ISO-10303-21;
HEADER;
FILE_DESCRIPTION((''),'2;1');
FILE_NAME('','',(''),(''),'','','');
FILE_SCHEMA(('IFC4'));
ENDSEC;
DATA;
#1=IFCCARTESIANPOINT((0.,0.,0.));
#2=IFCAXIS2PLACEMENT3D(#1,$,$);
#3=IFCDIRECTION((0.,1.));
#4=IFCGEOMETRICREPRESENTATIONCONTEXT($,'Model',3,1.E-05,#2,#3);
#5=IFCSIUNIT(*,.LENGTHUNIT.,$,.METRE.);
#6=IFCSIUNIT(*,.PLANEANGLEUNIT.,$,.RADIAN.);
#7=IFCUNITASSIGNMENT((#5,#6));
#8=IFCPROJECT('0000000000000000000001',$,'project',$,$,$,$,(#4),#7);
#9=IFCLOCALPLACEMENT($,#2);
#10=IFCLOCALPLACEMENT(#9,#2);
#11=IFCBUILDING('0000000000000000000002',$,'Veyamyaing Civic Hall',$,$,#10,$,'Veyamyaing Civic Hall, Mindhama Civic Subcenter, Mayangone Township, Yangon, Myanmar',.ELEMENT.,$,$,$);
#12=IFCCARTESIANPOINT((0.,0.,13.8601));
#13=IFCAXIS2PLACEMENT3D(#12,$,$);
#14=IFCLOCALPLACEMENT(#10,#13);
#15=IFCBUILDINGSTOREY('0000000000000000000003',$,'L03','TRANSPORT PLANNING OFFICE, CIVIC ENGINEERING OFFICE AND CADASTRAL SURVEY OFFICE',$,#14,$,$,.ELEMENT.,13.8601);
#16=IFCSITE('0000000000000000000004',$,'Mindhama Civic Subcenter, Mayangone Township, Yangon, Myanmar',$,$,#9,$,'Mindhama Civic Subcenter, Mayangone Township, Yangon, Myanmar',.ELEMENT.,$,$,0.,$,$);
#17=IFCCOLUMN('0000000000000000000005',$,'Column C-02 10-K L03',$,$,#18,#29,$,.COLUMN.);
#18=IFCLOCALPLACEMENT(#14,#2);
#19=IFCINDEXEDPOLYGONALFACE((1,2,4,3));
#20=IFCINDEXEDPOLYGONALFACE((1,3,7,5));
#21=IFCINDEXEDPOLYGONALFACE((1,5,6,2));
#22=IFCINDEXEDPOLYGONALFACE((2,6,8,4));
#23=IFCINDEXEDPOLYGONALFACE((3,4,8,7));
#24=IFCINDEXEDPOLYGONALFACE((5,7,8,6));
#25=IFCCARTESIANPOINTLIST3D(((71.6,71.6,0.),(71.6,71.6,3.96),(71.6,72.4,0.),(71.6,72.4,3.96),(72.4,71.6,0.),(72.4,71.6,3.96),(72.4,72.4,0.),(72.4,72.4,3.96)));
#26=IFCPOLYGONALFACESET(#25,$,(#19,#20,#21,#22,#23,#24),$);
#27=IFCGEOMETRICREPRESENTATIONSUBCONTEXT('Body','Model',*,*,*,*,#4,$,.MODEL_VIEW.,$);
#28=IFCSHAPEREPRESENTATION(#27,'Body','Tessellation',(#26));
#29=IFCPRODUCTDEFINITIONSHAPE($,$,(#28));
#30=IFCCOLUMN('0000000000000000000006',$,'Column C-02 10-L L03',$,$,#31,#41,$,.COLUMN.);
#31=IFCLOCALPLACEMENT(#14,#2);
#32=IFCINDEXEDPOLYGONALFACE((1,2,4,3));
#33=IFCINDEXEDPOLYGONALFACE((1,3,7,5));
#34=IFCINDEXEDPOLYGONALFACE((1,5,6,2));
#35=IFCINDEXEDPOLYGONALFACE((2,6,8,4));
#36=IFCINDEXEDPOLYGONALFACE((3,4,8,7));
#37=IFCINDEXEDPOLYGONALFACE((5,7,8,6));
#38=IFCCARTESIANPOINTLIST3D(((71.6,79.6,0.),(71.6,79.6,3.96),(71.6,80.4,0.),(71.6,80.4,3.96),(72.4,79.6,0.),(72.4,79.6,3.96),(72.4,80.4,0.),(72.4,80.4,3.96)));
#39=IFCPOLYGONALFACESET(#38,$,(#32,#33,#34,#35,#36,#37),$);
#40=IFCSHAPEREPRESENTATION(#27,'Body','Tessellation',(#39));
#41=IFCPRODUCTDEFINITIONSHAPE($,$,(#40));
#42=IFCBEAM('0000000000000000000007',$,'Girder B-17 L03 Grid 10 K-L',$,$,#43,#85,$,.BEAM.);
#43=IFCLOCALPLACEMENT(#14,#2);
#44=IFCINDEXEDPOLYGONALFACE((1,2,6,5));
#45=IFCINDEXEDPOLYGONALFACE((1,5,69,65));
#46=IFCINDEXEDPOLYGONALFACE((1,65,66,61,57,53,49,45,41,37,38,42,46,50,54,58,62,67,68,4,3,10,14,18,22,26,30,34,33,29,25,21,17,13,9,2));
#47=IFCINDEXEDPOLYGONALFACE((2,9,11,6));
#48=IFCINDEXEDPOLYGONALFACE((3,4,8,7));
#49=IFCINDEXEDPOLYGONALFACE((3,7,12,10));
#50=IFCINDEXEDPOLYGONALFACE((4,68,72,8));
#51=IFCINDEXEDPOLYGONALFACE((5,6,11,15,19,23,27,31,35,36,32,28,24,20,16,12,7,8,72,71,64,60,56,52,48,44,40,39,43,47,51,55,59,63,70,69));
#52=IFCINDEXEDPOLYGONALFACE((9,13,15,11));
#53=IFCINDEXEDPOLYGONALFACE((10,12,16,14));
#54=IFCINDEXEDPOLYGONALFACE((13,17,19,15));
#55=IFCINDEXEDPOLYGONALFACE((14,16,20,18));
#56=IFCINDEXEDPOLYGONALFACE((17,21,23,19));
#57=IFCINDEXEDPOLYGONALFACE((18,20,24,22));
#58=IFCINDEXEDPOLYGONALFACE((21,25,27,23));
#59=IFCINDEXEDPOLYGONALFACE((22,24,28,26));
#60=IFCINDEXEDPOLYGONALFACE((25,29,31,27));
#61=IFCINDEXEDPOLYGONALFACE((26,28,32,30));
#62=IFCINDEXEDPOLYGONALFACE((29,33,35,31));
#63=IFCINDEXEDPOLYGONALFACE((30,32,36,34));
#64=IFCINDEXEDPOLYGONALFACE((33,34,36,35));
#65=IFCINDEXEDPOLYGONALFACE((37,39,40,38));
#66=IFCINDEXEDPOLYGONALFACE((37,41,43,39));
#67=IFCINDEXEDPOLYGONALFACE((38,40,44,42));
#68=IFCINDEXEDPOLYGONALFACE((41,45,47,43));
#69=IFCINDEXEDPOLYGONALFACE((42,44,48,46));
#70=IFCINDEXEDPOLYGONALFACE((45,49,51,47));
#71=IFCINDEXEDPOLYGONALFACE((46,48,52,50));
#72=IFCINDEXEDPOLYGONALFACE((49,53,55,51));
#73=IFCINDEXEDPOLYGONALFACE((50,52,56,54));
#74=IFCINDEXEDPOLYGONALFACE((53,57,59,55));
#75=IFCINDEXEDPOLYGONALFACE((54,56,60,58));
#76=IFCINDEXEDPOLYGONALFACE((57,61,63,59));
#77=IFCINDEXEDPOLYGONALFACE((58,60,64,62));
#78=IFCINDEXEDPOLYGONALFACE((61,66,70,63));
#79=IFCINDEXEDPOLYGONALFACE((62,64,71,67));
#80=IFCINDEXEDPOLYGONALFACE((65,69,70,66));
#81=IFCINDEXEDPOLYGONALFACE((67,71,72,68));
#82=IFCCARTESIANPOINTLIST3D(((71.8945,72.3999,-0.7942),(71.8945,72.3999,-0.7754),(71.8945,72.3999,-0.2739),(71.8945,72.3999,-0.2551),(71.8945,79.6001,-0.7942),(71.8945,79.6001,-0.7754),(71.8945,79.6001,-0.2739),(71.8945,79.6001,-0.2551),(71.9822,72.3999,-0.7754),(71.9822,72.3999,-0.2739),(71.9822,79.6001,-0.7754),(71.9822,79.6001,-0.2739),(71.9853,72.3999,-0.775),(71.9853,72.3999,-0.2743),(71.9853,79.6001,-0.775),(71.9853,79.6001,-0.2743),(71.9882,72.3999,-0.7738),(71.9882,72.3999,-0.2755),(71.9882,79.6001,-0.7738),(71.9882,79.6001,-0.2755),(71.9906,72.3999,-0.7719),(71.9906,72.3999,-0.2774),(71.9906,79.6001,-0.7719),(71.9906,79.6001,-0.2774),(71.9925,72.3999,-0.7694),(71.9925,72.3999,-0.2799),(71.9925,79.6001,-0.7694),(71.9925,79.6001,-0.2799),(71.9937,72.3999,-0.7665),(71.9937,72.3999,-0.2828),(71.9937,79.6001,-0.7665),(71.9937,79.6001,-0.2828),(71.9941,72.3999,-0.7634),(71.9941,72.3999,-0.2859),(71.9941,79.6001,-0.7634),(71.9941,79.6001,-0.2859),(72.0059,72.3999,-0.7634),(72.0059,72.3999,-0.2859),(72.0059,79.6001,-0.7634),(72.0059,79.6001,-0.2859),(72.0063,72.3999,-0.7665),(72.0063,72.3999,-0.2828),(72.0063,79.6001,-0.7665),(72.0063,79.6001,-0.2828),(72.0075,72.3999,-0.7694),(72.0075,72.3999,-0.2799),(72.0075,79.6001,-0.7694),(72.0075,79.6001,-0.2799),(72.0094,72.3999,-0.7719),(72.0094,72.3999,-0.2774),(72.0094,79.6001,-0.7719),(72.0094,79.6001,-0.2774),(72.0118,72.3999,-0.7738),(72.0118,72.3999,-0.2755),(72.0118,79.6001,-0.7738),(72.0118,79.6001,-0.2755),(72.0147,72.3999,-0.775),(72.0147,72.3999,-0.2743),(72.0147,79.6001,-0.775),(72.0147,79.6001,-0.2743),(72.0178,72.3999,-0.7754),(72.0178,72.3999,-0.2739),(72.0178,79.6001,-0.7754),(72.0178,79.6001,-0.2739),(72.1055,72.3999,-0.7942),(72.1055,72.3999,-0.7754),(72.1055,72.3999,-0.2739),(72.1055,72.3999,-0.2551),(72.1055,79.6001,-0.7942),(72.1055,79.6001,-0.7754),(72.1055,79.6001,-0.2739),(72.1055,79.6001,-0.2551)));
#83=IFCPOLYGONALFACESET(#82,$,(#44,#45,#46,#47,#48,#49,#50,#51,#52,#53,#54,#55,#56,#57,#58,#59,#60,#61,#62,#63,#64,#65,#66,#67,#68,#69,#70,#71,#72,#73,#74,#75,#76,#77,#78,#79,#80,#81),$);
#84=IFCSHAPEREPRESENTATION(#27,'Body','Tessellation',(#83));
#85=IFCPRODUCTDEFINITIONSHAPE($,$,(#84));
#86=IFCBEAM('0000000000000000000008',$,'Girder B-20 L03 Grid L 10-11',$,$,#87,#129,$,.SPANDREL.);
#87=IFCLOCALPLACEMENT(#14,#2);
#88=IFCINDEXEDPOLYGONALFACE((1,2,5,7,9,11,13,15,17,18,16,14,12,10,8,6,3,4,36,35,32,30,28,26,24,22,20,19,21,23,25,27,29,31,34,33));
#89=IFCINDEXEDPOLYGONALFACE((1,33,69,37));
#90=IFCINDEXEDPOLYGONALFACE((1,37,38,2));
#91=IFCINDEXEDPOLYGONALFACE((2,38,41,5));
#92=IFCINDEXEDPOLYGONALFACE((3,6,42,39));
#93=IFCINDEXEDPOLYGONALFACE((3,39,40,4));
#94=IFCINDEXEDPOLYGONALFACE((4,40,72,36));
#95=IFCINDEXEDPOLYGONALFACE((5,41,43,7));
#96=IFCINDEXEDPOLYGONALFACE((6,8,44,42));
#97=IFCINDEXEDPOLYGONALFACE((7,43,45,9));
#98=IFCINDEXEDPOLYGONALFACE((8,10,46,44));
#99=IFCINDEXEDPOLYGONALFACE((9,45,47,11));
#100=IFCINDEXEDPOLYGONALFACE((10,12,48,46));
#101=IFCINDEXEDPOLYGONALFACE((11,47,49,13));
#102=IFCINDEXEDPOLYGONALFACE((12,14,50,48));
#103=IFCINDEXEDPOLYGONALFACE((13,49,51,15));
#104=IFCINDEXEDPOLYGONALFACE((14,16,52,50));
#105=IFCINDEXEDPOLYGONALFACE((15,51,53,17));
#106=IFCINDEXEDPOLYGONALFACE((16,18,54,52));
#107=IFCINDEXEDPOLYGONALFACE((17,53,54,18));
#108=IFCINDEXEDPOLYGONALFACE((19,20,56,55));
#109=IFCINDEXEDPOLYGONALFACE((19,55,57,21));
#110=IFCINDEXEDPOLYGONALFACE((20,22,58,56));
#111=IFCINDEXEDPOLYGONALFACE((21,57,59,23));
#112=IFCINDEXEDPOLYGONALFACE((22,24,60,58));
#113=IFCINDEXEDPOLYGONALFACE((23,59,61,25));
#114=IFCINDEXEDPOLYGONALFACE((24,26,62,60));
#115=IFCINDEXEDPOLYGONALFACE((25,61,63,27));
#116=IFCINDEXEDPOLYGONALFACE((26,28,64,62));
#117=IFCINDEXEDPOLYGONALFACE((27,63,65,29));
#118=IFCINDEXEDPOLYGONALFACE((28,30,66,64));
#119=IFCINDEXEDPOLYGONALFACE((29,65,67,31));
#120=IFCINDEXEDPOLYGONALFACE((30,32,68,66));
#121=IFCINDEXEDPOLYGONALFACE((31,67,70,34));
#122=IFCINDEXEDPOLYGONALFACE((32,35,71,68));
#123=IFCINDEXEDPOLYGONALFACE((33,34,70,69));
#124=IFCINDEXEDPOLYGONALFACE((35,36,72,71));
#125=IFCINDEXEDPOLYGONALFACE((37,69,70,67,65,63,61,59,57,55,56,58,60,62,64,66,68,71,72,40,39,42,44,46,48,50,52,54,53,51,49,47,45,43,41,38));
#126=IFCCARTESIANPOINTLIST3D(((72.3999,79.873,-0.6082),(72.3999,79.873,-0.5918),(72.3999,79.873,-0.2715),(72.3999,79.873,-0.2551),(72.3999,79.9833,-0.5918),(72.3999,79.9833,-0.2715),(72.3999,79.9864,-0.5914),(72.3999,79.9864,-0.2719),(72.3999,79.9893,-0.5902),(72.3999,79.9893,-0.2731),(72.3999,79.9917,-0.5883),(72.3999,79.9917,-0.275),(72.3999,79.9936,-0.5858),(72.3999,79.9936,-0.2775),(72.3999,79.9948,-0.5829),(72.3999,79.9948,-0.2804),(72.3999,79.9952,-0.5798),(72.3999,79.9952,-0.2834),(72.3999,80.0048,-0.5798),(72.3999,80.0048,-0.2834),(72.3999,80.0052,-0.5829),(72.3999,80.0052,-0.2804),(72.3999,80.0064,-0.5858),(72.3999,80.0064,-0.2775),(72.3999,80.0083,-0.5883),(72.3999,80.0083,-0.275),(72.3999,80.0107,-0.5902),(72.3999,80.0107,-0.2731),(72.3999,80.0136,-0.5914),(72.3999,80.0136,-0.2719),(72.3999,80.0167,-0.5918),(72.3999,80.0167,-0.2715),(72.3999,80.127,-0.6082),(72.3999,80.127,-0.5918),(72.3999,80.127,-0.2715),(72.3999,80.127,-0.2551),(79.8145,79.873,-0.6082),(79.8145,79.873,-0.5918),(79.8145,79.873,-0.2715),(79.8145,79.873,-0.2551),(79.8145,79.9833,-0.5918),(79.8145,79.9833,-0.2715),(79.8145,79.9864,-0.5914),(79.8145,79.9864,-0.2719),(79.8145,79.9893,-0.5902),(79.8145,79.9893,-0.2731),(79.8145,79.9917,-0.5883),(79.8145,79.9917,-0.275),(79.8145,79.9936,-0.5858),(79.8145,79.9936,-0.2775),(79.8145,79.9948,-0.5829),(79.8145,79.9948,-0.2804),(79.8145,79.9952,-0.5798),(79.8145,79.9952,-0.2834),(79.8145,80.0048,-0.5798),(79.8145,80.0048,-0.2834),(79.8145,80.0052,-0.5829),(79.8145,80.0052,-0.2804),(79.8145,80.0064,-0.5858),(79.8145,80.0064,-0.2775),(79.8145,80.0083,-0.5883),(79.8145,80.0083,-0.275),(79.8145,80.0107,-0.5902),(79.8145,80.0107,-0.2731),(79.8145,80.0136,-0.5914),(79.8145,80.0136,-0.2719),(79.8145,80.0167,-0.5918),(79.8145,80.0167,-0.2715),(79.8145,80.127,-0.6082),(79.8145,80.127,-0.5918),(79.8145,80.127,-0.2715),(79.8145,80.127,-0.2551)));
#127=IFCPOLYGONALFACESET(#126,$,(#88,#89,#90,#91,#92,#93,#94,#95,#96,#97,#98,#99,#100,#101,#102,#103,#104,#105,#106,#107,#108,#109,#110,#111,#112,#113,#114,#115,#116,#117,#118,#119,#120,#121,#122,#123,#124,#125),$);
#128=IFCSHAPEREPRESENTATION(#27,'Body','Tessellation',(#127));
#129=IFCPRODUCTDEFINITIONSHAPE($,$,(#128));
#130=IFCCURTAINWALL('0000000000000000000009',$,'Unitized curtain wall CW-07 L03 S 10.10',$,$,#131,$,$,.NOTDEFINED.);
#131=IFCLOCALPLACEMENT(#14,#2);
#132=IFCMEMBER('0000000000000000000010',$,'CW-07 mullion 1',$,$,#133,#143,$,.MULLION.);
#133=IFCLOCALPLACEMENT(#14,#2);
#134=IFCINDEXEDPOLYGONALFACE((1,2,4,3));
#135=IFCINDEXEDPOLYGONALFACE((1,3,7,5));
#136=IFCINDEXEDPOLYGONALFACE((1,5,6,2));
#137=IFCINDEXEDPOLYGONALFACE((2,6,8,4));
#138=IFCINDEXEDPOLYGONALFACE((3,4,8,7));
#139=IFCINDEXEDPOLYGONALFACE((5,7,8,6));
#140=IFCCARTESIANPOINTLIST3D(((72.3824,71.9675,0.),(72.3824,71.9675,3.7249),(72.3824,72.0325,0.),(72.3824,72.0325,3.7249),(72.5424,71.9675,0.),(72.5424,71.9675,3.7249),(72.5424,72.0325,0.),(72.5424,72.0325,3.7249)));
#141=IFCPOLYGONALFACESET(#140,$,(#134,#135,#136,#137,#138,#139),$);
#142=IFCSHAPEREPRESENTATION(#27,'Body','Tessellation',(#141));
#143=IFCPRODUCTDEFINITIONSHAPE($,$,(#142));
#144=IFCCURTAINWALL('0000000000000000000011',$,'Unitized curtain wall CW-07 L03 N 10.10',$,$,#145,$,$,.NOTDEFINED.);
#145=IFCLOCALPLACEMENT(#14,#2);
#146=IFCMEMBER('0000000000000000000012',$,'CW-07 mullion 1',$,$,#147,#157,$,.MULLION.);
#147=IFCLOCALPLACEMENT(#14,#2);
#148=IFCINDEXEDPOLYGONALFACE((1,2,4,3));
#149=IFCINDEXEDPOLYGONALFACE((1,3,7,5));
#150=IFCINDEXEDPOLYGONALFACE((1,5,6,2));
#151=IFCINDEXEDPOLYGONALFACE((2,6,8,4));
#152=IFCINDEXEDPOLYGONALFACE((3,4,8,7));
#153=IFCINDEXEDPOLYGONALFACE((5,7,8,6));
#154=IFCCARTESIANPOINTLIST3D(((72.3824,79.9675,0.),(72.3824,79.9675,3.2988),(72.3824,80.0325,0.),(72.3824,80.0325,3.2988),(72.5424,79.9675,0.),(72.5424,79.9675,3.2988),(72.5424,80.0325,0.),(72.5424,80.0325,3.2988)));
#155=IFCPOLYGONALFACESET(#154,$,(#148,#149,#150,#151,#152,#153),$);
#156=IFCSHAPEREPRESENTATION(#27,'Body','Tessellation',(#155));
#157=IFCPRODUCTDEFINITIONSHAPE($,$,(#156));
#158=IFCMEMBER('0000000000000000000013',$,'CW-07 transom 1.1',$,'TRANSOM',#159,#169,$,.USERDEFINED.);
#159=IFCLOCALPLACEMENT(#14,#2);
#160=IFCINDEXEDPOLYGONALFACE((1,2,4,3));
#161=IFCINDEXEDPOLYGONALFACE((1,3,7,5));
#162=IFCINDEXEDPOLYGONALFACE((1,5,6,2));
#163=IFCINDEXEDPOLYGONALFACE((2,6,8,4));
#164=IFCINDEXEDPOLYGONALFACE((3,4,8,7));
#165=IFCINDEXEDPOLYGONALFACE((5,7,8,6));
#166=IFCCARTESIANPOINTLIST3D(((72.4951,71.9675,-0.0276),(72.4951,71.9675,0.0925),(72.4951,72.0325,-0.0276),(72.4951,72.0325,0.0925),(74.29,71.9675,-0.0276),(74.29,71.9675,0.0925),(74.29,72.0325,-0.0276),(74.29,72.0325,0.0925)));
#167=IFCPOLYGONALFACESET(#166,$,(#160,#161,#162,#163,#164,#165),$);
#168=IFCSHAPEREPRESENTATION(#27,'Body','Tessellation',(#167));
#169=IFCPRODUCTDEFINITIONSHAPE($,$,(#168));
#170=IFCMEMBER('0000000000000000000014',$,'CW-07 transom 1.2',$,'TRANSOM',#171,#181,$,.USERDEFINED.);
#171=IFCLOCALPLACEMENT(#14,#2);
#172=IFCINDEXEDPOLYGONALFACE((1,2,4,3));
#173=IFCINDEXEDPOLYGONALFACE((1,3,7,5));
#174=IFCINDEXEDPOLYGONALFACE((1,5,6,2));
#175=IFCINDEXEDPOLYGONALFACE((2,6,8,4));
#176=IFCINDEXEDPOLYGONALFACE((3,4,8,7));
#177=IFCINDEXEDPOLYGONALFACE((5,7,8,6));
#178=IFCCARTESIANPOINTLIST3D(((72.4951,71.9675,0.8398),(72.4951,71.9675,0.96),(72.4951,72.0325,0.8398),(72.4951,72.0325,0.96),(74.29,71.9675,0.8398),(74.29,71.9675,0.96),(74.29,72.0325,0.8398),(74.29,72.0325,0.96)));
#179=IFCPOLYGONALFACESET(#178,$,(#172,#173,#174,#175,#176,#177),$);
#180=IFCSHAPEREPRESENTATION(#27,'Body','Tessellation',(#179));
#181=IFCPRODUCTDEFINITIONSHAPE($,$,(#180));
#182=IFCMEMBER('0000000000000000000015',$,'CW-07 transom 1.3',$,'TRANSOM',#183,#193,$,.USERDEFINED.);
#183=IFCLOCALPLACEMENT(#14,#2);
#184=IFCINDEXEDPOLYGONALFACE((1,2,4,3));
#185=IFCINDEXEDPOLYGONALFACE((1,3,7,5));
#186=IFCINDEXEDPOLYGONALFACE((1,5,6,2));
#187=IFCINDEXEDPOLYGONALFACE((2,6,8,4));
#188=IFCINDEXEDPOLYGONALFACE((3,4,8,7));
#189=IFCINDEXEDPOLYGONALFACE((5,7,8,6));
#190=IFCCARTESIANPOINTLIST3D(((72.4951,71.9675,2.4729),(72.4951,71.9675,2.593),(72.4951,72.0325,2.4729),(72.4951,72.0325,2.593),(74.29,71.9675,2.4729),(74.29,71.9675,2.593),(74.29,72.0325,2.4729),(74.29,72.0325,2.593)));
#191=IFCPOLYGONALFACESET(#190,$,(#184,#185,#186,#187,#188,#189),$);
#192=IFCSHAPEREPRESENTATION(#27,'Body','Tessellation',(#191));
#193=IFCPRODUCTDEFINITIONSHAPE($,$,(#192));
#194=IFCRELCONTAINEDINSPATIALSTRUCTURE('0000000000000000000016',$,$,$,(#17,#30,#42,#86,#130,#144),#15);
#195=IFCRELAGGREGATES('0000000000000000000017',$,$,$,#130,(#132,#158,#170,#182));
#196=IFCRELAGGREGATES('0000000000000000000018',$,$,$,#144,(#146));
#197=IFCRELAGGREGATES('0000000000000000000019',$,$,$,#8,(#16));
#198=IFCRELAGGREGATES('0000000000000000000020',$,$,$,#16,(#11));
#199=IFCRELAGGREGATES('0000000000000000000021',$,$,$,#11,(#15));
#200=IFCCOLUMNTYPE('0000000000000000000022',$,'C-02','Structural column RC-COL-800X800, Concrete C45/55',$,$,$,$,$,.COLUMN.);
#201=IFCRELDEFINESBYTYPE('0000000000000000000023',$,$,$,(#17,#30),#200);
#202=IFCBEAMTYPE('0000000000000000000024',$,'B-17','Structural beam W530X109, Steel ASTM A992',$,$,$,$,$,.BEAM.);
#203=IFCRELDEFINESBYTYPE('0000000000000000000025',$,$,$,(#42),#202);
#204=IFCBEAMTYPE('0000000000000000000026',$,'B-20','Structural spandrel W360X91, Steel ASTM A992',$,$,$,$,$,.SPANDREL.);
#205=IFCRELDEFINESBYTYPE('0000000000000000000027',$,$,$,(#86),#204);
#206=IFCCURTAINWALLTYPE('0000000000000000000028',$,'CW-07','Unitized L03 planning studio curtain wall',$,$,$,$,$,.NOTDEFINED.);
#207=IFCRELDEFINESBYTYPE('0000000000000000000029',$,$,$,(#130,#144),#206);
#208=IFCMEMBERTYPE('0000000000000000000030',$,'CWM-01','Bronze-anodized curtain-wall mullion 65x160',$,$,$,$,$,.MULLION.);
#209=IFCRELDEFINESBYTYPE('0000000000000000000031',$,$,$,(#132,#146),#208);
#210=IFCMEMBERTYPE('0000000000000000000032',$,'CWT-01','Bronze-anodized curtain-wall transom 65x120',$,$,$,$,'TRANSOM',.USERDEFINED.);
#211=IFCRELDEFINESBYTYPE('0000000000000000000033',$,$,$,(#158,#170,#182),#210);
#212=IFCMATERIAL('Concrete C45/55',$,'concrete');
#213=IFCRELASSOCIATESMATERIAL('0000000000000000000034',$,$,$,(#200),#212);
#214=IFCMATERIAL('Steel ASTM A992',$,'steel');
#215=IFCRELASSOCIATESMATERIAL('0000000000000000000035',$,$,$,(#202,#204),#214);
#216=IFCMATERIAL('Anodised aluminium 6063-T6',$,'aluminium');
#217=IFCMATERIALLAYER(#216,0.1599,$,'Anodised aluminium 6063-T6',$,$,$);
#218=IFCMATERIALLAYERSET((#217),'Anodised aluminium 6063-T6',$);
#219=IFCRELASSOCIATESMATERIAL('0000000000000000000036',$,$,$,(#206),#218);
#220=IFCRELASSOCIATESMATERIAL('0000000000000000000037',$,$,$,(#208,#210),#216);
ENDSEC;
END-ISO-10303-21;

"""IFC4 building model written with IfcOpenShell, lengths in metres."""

from ifc_helpers import new_model, si_unit, direction, frame, origin, origin_2d, place, context, subcontext, project, spatial, rectangle, i_section, extrude, material, layer, layer_set, material_profile, profile_set, type_object, element, aggregate, save


model = new_model("IFC4")

# Units and contexts
model_context = context("Model", 3, precision=1e-05, world=origin(), true_north=direction((0.0, 1.0)))
body_context = subcontext(model_context, "Body", "Model", "MODEL_VIEW")
ifc_project = project(units=[si_unit("LENGTHUNIT", "METRE"), si_unit("PLANEANGLEUNIT", "RADIAN")], contexts=[model_context])

# Site, building, storey
site_placement = place(None, origin())
site = spatial("IfcSite", under=ifc_project, at=site_placement, Name="Mindhama Civic Subcenter, Mayangone Township, Yangon, Myanmar", LongName="Mindhama Civic Subcenter, Mayangone Township, Yangon, Myanmar", CompositionType="ELEMENT", RefElevation=0.0)
building_placement = place(site_placement, origin())
building = spatial("IfcBuilding", under=site, at=building_placement, Name="Veyamyaing Civic Hall", LongName="Veyamyaing Civic Hall, Mindhama Civic Subcenter, Mayangone Township, Yangon, Myanmar", CompositionType="ELEMENT")
storey_placement = place(building_placement, frame((0.0, 0.0, 13.8601)))
storey = spatial("IfcBuildingStorey", under=building, at=storey_placement, Name="L03", Description="TRANSPORT PLANNING OFFICE, CIVIC ENGINEERING OFFICE AND CADASTRAL SURVEY OFFICE", CompositionType="ELEMENT", Elevation=13.8601)

# Columns
ifc_material_1 = material(Name="Concrete C45/55", Category="concrete")
ifc_material_profile_1 = material_profile(ifc_material_1, rectangle(XDim=0.8, YDim=0.8, at=origin_2d()), Name="RC-COL-800X800")
ifc_profile_set_1 = profile_set([ifc_material_profile_1], Name="Concrete C45/55")
column_type = type_object("IfcColumnType", Name="C-02", Description="Structural column RC-COL-800X800, Concrete C45/55", PredefinedType="COLUMN", material=ifc_profile_set_1)
for number, where, z_axis, x_axis, name in (
    (1, (72.0, 72.0, 0.0), (0.0, 0.0, 1.0), (1.0, 0.0, 0.0), "Column C-02 10-K L03"),
    (2, (72.0, 80.0, 0.0), (0.0, 0.0, 1.0), (1.0, 0.0, 0.0), "Column C-02 10-L L03"),
):
    element("IfcColumn", number, at=place(storey_placement, frame(where, z_axis=z_axis, x_axis=x_axis)), inside=storey, type_object=column_type, Name=name, PredefinedType="COLUMN", context=body_context, shape_type="SweptSolid", body=[
        extrude(rectangle(XDim=0.8, YDim=0.8, at=origin_2d()), origin(), (0.0, 0.0, 1.0), 3.96),
    ])

# Beams
ifc_material_2 = material(Name="Steel ASTM A992", Category="steel")
ifc_material_profile_2 = material_profile(ifc_material_2, i_section(OverallWidth=0.2109, OverallDepth=0.5391, WebThickness=0.0117, FlangeThickness=0.0188, FilletRadius=0.012, at=origin_2d()), Name="W530X109")
ifc_profile_set_2 = profile_set([ifc_material_profile_2], Name="Steel ASTM A992")
beam_type_1 = type_object("IfcBeamType", Name="B-17", Description="Structural beam W530X109, Steel ASTM A992", PredefinedType="BEAM", material=ifc_profile_set_2)
beam_1_placement = place(storey_placement, frame((72.0, 72.3999, -0.5247), z_axis=(0.0, 1.0, 0.0), x_axis=(-1.0, 0.0, 0.0)))
element("IfcBeam", 3, at=beam_1_placement, inside=storey, type_object=beam_type_1, Name="Girder B-17 L03 Grid 10 K-L", PredefinedType="BEAM", context=body_context, shape_type="SweptSolid", body=[
    extrude(i_section(OverallWidth=0.2109, OverallDepth=0.5391, WebThickness=0.0117, FlangeThickness=0.0188, FilletRadius=0.012, at=origin_2d()), origin(), (0.0, 0.0, 1.0), 7.2002),
])
ifc_material_profile_3 = material_profile(ifc_material_2, i_section(OverallWidth=0.2539, OverallDepth=0.353, WebThickness=0.0095, FlangeThickness=0.0164, FilletRadius=0.012, at=origin_2d()), Name="W360X91")
ifc_profile_set_3 = profile_set([ifc_material_profile_3], Name="Steel ASTM A992")
beam_type_2 = type_object("IfcBeamType", Name="B-20", Description="Structural spandrel W360X91, Steel ASTM A992", PredefinedType="SPANDREL", material=ifc_profile_set_3)
beam_2_placement = place(storey_placement, frame((72.3999, 80.0, -0.4316), z_axis=(1.0, 0.0, 0.0), x_axis=(0.0, 1.0, 0.0)))
element("IfcBeam", 4, at=beam_2_placement, inside=storey, type_object=beam_type_2, Name="Girder B-20 L03 Grid L 10-11", PredefinedType="SPANDREL", context=body_context, shape_type="SweptSolid", body=[
    extrude(i_section(OverallWidth=0.2539, OverallDepth=0.353, WebThickness=0.0095, FlangeThickness=0.0164, FilletRadius=0.012, at=origin_2d()), origin(), (0.0, 0.0, 1.0), 7.4146),
])

# Curtain walls, members
ifc_material_3 = material(Name="Anodised aluminium 6063-T6", Category="aluminium")
ifc_layer_1 = layer(ifc_material_3, 0.1599, Name="Anodised aluminium 6063-T6")
ifc_layer_set_1 = layer_set([ifc_layer_1], Name="Anodised aluminium 6063-T6")
curtain_wall_type = type_object("IfcCurtainWallType", Name="CW-07", Description="Unitized L03 planning studio curtain wall", PredefinedType="NOTDEFINED", material=ifc_layer_set_1)
curtain_wall_1_placement = place(storey_placement, origin())
curtain_wall_1 = element("IfcCurtainWall", 5, at=curtain_wall_1_placement, inside=storey, type_object=curtain_wall_type, Name="Unitized curtain wall CW-07 L03 S 10.10", PredefinedType="NOTDEFINED")
ifc_material_profile_4 = material_profile(ifc_material_3, rectangle(XDim=0.0649, YDim=0.1599, at=origin_2d()), Name="ALU-MUL-65X160")
ifc_profile_set_4 = profile_set([ifc_material_profile_4], Name="Anodised aluminium 6063-T6")
member_type_1 = type_object("IfcMemberType", Name="CWM-01", Description="Bronze-anodized curtain-wall mullion 65x160", PredefinedType="MULLION", material=ifc_profile_set_4)
member_1_placement = place(storey_placement, frame((72.4624, 72.0, 0.0), z_axis=(0.0, 0.0, 1.0), x_axis=(0.0, 1.0, 0.0)))
member_1 = element("IfcMember", 6, at=member_1_placement, type_object=member_type_1, Name="CW-07 mullion 1", PredefinedType="MULLION", context=body_context, shape_type="SweptSolid", body=[
    extrude(rectangle(XDim=0.0649, YDim=0.1599, at=origin_2d()), origin(), (0.0, 0.0, 1.0), 3.7249),
])
curtain_wall_2_placement = place(storey_placement, origin())
curtain_wall_2 = element("IfcCurtainWall", 7, at=curtain_wall_2_placement, inside=storey, type_object=curtain_wall_type, Name="Unitized curtain wall CW-07 L03 N 10.10", PredefinedType="NOTDEFINED")
member_2_placement = place(storey_placement, frame((72.4624, 80.0, 0.0), z_axis=(0.0, 0.0, 1.0), x_axis=(0.0, 1.0, 0.0)))
member_2 = element("IfcMember", 8, at=member_2_placement, type_object=member_type_1, Name="CW-07 mullion 1", PredefinedType="MULLION", context=body_context, shape_type="SweptSolid", body=[
    extrude(rectangle(XDim=0.0649, YDim=0.1599, at=origin_2d()), origin(), (0.0, 0.0, 1.0), 3.2988),
])

# Members
ifc_material_profile_5 = material_profile(ifc_material_3, rectangle(XDim=0.0649, YDim=0.1201, at=origin_2d()), Name="ALU-TRN-65X120")
ifc_profile_set_5 = profile_set([ifc_material_profile_5], Name="Anodised aluminium 6063-T6")
member_type_2 = type_object("IfcMemberType", Name="CWT-01", Description="Bronze-anodized curtain-wall transom 65x120", ElementType="TRANSOM", PredefinedType="USERDEFINED", material=ifc_profile_set_5)
member_3_placement = place(storey_placement, frame((72.4951, 72.0, 0.0325), z_axis=(1.0, 0.0, 0.0), x_axis=(0.0, 1.0, 0.0)))
member_3 = element("IfcMember", 9, at=member_3_placement, type_object=member_type_2, Name="CW-07 transom 1.1", ObjectType="TRANSOM", PredefinedType="USERDEFINED", context=body_context, shape_type="SweptSolid", body=[
    extrude(rectangle(XDim=0.0649, YDim=0.1201, at=origin_2d()), origin(), (0.0, 0.0, 1.0), 1.7949),
])
member_4_placement = place(storey_placement, frame((72.4951, 72.0, 0.8999), z_axis=(1.0, 0.0, 0.0), x_axis=(0.0, 1.0, 0.0)))
member_4 = element("IfcMember", 10, at=member_4_placement, type_object=member_type_2, Name="CW-07 transom 1.2", ObjectType="TRANSOM", PredefinedType="USERDEFINED", context=body_context, shape_type="SweptSolid", body=[
    extrude(rectangle(XDim=0.0649, YDim=0.1201, at=origin_2d()), origin(), (0.0, 0.0, 1.0), 1.7949),
])
member_5_placement = place(storey_placement, frame((72.4951, 72.0, 2.533), z_axis=(1.0, 0.0, 0.0), x_axis=(0.0, 1.0, 0.0)))
member_5 = element("IfcMember", 11, at=member_5_placement, type_object=member_type_2, Name="CW-07 transom 1.3", ObjectType="TRANSOM", PredefinedType="USERDEFINED", context=body_context, shape_type="SweptSolid", body=[
    extrude(rectangle(XDim=0.0649, YDim=0.1201, at=origin_2d()), origin(), (0.0, 0.0, 1.0), 1.7949),
])
aggregate(curtain_wall_1, [member_1, member_3, member_4, member_5])
aggregate(curtain_wall_2, [member_2])

save(model, "model.ifc")
